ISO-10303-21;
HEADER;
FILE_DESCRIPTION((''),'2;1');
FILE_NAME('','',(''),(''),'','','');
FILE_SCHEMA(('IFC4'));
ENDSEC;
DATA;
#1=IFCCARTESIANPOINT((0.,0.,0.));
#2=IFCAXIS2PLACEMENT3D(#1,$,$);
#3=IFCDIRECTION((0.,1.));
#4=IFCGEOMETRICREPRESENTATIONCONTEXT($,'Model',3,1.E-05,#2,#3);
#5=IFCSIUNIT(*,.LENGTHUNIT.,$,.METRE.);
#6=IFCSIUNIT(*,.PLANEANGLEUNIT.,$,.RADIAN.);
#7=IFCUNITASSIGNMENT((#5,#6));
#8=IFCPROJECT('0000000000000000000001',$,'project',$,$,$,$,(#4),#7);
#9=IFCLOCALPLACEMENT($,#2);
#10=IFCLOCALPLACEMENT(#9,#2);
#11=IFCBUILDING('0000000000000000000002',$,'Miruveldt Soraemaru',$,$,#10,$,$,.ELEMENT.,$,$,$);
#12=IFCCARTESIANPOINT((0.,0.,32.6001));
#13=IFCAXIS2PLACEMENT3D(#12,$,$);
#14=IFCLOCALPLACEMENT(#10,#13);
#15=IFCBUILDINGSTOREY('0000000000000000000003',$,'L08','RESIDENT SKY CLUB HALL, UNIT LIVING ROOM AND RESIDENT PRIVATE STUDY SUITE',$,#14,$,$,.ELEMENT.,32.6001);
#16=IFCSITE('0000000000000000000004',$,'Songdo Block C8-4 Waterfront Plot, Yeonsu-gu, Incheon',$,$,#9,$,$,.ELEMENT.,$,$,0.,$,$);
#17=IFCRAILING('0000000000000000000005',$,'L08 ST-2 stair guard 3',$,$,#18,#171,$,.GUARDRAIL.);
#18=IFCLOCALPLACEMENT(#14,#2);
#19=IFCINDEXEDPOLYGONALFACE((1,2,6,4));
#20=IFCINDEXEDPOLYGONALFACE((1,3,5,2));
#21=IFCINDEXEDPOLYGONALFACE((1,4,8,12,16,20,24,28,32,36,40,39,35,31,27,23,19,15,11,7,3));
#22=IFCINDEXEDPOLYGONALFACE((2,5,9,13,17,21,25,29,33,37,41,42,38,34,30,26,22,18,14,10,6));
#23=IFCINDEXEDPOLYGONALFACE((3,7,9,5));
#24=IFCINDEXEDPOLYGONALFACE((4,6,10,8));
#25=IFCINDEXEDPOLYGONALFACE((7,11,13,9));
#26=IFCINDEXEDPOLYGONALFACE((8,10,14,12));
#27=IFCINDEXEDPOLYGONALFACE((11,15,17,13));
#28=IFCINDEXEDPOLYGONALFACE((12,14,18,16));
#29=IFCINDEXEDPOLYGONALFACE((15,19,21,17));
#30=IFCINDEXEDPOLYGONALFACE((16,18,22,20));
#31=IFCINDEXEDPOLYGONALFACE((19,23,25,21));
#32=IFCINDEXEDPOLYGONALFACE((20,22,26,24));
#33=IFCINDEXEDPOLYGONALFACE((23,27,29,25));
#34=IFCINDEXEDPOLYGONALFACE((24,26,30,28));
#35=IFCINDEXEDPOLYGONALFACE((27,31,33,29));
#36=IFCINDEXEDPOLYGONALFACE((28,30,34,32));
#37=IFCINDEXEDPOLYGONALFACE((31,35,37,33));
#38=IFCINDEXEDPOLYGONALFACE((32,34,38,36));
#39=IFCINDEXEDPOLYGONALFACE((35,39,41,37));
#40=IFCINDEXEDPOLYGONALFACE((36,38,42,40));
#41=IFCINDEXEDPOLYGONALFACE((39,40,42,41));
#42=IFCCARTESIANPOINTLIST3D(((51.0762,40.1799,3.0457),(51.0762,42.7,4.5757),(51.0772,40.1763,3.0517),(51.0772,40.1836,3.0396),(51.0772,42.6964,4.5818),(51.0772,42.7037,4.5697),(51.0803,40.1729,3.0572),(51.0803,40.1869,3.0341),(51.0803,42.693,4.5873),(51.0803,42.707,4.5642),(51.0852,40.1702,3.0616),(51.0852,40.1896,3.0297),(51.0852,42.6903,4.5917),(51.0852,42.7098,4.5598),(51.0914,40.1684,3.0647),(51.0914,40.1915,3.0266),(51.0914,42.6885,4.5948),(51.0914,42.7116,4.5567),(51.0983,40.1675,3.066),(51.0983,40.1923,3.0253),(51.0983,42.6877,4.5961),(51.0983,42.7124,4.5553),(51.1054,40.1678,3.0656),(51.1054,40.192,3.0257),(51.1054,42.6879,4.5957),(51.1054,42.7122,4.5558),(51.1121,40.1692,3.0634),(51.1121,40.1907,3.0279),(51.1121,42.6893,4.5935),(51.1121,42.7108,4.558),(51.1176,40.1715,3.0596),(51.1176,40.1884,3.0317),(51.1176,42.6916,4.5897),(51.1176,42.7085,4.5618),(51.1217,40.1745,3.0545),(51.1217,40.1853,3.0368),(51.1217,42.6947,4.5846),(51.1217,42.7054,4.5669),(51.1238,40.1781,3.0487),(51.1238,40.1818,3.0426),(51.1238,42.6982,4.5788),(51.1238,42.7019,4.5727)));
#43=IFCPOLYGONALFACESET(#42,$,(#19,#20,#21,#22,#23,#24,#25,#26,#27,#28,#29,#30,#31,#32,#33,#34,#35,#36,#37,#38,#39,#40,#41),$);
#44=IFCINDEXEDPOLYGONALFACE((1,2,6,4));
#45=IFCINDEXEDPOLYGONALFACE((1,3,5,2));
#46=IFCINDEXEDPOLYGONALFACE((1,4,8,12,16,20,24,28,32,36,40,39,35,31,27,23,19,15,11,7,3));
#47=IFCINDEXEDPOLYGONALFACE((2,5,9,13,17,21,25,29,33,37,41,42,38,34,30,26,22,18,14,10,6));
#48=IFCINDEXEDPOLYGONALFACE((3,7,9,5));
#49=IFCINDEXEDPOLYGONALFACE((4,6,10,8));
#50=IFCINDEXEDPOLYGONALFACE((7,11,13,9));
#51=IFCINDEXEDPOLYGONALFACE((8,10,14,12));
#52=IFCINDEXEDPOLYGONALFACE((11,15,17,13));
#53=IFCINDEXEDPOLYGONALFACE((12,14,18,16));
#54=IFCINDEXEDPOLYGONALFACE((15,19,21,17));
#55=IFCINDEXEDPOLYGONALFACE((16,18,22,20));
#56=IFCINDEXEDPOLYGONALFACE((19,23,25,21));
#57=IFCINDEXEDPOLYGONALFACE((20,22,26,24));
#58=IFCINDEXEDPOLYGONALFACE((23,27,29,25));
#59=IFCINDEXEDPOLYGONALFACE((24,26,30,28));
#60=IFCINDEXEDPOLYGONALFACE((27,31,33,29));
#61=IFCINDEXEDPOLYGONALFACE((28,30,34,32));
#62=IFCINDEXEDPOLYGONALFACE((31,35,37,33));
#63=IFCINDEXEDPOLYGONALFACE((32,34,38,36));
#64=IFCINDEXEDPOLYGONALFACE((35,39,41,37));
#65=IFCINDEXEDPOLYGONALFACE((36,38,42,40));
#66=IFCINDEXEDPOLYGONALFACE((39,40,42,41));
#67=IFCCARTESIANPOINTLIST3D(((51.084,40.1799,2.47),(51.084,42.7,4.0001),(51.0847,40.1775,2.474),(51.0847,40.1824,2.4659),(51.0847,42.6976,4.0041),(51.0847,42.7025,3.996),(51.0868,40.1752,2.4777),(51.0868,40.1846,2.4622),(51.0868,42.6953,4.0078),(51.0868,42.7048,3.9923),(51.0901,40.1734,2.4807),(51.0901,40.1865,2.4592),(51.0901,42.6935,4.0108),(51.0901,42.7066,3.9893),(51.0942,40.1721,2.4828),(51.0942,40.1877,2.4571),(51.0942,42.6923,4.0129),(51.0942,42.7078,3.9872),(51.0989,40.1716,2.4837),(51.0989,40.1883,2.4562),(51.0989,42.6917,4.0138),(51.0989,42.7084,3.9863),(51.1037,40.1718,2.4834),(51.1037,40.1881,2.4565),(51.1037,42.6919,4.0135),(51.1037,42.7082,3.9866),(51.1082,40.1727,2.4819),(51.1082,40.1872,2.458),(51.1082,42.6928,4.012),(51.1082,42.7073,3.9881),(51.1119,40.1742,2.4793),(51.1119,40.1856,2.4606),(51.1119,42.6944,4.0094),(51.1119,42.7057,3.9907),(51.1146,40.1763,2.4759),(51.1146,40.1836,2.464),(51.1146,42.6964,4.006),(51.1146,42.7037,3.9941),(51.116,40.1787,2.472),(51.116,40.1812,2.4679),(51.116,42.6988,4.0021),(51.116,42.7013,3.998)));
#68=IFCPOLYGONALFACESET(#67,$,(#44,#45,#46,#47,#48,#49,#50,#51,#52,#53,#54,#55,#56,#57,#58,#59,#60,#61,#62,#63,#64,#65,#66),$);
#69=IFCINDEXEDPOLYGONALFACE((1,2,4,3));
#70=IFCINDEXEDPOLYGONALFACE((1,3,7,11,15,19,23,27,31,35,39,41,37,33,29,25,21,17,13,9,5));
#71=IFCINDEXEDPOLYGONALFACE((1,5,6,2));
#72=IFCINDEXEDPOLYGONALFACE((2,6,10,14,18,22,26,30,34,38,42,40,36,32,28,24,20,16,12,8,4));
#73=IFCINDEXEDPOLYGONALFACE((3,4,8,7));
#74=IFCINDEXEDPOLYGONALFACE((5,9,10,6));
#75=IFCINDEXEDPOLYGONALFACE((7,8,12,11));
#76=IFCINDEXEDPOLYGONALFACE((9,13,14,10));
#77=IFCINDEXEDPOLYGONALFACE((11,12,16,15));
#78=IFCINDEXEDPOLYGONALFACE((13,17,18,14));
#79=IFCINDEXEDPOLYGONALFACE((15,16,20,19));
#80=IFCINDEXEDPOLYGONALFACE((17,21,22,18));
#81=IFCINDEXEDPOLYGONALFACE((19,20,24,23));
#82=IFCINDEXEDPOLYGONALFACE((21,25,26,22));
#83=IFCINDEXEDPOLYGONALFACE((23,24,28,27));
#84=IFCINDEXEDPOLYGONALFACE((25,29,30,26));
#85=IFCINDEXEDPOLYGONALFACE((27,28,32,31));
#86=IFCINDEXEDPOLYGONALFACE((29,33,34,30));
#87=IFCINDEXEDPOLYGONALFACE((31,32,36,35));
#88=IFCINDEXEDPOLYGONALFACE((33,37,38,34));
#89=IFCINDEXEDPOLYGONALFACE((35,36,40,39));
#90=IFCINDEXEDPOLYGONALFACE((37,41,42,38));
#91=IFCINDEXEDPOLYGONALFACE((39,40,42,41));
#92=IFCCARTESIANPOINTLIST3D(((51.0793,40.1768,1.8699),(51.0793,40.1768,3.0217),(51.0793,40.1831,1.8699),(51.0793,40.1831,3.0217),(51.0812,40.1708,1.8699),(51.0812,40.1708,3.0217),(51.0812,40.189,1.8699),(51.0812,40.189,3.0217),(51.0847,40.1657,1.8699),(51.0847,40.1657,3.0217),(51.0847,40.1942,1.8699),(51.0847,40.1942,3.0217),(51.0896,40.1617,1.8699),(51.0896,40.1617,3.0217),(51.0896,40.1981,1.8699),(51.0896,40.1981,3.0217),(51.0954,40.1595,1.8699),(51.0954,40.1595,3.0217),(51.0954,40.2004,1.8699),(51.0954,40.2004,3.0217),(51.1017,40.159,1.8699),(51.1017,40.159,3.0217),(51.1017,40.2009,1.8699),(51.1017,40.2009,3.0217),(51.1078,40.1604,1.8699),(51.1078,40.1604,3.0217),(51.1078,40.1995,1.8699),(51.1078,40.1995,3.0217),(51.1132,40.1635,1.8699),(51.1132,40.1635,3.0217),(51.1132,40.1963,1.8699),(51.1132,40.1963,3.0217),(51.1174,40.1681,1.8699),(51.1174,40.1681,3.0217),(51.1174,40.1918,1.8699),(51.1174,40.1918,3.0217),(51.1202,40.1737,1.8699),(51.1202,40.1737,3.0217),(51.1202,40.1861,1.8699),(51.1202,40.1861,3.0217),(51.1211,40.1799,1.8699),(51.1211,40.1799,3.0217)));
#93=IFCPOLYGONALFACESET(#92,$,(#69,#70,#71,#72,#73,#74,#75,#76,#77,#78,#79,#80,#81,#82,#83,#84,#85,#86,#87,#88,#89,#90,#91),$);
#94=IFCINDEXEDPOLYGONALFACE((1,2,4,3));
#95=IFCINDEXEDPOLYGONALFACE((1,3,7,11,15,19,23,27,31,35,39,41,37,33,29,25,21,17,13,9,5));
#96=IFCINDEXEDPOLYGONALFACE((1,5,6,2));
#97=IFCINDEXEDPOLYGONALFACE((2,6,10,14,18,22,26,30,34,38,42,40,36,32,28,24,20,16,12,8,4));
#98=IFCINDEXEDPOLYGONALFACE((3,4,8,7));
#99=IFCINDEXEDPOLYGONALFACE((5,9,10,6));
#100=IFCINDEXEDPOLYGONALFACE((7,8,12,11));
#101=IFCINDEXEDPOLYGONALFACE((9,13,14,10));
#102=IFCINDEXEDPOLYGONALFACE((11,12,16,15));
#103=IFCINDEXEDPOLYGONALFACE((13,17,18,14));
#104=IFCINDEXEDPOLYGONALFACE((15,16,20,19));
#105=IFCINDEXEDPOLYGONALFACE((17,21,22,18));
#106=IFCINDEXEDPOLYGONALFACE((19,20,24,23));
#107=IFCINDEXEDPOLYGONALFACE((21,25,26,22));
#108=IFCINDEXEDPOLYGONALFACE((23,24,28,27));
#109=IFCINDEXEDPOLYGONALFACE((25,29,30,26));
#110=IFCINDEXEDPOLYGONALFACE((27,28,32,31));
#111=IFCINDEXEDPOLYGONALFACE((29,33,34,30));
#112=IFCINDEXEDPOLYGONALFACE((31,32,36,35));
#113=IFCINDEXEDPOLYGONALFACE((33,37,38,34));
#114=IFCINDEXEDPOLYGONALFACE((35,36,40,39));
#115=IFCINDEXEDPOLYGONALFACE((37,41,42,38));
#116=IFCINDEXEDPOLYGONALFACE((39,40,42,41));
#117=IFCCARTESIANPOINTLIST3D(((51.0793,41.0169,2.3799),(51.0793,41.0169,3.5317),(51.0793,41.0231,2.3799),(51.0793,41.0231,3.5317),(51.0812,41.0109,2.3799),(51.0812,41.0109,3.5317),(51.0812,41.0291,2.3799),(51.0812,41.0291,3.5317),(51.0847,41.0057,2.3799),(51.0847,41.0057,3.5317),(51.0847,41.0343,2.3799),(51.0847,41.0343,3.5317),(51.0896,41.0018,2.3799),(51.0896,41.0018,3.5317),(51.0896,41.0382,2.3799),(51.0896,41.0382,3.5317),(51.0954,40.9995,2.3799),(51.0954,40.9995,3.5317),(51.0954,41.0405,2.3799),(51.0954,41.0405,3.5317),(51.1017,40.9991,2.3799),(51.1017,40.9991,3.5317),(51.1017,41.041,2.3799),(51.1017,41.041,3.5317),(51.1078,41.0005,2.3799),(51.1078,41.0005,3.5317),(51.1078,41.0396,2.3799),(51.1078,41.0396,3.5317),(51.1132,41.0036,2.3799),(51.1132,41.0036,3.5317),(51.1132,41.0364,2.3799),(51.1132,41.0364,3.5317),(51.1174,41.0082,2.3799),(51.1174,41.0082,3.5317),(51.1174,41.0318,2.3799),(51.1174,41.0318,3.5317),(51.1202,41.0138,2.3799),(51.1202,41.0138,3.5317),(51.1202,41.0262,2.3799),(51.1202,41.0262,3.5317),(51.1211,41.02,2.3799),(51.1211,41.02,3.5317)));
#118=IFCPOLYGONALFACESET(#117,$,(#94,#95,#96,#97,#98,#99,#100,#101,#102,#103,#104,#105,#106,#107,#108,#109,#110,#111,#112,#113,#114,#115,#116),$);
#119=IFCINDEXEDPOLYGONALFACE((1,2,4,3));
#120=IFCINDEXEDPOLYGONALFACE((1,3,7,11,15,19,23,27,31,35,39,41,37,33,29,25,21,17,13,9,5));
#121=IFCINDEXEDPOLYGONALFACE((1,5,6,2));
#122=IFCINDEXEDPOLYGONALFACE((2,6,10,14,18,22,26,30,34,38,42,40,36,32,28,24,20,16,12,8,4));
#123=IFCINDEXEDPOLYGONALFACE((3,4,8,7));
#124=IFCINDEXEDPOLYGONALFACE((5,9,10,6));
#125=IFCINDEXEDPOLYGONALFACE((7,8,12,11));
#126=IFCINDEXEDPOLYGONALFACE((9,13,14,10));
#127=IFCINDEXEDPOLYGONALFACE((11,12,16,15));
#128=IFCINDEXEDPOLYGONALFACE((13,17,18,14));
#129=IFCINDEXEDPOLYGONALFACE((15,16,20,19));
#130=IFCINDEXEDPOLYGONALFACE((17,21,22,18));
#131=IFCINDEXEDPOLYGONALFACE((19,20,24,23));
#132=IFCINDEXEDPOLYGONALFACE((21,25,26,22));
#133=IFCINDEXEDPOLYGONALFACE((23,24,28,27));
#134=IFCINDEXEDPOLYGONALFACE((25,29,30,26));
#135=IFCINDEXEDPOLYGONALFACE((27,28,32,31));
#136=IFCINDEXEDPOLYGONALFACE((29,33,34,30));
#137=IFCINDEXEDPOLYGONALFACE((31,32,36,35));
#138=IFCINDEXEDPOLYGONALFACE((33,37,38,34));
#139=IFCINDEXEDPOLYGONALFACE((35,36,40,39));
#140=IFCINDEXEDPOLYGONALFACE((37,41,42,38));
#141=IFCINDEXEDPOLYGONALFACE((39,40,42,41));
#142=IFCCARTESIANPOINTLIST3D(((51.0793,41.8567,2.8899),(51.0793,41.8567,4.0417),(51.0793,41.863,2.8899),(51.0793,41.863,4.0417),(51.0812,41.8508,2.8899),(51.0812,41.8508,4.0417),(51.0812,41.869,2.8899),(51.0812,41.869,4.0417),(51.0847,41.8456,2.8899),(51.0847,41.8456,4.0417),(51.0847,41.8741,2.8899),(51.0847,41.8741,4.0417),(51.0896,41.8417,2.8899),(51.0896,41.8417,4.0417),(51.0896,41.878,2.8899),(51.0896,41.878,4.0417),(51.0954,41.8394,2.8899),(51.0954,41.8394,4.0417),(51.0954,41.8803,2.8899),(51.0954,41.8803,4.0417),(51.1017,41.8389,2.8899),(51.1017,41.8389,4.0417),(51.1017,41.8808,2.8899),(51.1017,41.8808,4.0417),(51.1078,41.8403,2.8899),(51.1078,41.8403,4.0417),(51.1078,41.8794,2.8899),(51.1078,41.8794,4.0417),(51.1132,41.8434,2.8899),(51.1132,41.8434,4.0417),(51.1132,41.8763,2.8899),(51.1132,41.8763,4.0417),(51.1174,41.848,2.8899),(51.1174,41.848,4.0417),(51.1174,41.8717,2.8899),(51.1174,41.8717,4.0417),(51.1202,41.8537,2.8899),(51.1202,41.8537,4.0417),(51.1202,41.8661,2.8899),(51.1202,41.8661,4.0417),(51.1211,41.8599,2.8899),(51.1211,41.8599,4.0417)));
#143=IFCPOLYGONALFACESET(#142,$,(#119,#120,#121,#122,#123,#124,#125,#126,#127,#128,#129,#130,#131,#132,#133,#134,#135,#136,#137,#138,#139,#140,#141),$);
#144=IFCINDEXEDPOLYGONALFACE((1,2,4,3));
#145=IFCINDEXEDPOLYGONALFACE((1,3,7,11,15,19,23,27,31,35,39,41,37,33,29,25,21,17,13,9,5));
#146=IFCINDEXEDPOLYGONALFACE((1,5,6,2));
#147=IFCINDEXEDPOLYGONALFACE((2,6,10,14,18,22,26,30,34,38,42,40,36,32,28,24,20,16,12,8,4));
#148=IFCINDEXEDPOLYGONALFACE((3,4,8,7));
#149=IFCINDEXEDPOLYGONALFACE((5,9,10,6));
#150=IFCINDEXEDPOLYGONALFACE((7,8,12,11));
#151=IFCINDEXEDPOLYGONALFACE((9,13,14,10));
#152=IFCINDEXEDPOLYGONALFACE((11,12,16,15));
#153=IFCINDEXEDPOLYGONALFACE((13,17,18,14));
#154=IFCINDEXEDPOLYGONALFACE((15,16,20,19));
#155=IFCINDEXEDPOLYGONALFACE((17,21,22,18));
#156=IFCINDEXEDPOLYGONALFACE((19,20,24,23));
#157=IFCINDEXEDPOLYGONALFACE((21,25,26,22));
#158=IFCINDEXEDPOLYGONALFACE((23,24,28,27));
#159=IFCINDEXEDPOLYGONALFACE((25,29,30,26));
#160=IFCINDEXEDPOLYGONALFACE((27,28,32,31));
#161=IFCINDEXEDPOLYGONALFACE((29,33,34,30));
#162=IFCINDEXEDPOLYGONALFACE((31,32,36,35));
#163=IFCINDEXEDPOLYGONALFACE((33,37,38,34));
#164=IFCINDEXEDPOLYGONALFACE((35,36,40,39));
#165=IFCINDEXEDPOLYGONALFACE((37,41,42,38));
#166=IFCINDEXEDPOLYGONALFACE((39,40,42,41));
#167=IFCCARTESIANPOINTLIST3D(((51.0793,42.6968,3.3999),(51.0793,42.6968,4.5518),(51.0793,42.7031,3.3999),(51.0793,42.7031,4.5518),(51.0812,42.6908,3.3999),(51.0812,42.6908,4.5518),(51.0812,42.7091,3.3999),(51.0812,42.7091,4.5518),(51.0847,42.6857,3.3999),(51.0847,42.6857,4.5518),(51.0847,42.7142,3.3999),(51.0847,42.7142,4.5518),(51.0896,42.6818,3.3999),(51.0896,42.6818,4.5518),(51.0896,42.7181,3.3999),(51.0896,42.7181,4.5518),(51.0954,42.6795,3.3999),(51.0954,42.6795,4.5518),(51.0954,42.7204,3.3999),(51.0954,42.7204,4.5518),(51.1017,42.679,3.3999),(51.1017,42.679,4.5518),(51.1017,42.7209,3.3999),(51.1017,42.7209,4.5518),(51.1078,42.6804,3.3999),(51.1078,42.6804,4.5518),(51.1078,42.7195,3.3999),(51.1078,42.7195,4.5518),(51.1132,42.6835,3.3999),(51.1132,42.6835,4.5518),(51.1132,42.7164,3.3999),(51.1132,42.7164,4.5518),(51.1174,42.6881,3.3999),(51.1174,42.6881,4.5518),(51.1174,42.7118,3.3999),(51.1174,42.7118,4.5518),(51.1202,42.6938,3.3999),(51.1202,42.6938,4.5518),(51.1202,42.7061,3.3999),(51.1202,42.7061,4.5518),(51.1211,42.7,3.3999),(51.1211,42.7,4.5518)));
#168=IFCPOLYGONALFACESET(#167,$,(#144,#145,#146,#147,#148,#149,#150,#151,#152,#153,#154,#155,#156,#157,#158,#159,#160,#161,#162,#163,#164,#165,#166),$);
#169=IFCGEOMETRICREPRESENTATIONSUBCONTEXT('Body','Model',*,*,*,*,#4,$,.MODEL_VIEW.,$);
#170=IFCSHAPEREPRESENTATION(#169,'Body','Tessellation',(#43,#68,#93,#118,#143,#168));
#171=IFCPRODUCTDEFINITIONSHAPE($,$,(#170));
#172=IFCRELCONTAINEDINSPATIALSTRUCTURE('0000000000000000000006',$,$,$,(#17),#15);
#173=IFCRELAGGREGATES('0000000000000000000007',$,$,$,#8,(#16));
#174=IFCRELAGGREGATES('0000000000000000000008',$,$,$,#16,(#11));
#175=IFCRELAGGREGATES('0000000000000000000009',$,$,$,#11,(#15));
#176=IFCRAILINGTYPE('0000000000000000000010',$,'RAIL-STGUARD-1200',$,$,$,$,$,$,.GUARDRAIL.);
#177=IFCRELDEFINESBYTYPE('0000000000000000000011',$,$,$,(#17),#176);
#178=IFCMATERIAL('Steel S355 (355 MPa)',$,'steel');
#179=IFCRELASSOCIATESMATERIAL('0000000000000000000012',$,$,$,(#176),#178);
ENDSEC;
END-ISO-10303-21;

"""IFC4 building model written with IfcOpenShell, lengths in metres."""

from ifc_helpers import new_model, si_unit, direction, frame, origin, origin_2d, place, context, subcontext, project, spatial, circle, extrude, material, type_object, element, save


model = new_model("IFC4")

# Units and contexts
model_context = context("Model", 3, precision=1e-05, world=origin(), true_north=direction((0.0, 1.0)))
body_context = subcontext(model_context, "Body", "Model", "MODEL_VIEW")
ifc_project = project(units=[si_unit("LENGTHUNIT", "METRE"), si_unit("PLANEANGLEUNIT", "RADIAN")], contexts=[model_context])

# Site, building, storey
site_placement = place(None, origin())
site = spatial("IfcSite", under=ifc_project, at=site_placement, Name="Songdo Block C8-4 Waterfront Plot, Yeonsu-gu, Incheon", CompositionType="ELEMENT", RefElevation=0.0)
building_placement = place(site_placement, origin())
building = spatial("IfcBuilding", under=site, at=building_placement, Name="Miruveldt Soraemaru", CompositionType="ELEMENT")
storey_placement = place(building_placement, frame((0.0, 0.0, 32.6001)))
storey = spatial("IfcBuildingStorey", under=building, at=storey_placement, Name="L08", Description="RESIDENT SKY CLUB HALL, UNIT LIVING ROOM AND RESIDENT PRIVATE STUDY SUITE", CompositionType="ELEMENT", Elevation=32.6001)

# Railing
ifc_material_1 = material(Name="Steel S355 (355 MPa)", Category="steel")
railing_type_1 = type_object("IfcRailingType", Name="RAIL-STGUARD-1200", PredefinedType="GUARDRAIL", material=ifc_material_1)
railing_1_placement = place(storey_placement, frame((51.1001, 40.1799, 1.8699)))
element("IfcRailing", 1, at=railing_1_placement, inside=storey, type_object=railing_type_1, Name="L08 ST-2 stair guard 3", PredefinedType="GUARDRAIL", context=body_context, shape_type="SweptSolid", body=[
    extrude(circle(Radius=0.0239, at=origin_2d()), frame((0.0, 0.0, 1.1758), z_axis=(0.0, 0.854785, 0.518982), x_axis=(-1.0, 0.0, 0.0)), (0.0, 0.0, 1.0), 2.9482),
    extrude(circle(Radius=0.0161, at=origin_2d()), frame((0.0, 0.0, 0.6001), z_axis=(0.0, 0.854785, 0.518982), x_axis=(-1.0, 0.0, 0.0)), (0.0, 0.0, 1.0), 2.9482),
    extrude(circle(Radius=0.021, at=origin_2d()), origin(), (0.0, 0.0, 1.0), 1.1519),
    extrude(circle(Radius=0.021, at=origin_2d()), frame((0.0, 0.8401, 0.51)), (0.0, 0.0, 1.0), 1.1519),
    extrude(circle(Radius=0.021, at=origin_2d()), frame((0.0, 1.6799, 1.02)), (0.0, 0.0, 1.0), 1.1519),
    extrude(circle(Radius=0.021, at=origin_2d()), frame((0.0, 2.52, 1.53)), (0.0, 0.0, 1.0), 1.1519),
])

save(model, "model.ifc")
